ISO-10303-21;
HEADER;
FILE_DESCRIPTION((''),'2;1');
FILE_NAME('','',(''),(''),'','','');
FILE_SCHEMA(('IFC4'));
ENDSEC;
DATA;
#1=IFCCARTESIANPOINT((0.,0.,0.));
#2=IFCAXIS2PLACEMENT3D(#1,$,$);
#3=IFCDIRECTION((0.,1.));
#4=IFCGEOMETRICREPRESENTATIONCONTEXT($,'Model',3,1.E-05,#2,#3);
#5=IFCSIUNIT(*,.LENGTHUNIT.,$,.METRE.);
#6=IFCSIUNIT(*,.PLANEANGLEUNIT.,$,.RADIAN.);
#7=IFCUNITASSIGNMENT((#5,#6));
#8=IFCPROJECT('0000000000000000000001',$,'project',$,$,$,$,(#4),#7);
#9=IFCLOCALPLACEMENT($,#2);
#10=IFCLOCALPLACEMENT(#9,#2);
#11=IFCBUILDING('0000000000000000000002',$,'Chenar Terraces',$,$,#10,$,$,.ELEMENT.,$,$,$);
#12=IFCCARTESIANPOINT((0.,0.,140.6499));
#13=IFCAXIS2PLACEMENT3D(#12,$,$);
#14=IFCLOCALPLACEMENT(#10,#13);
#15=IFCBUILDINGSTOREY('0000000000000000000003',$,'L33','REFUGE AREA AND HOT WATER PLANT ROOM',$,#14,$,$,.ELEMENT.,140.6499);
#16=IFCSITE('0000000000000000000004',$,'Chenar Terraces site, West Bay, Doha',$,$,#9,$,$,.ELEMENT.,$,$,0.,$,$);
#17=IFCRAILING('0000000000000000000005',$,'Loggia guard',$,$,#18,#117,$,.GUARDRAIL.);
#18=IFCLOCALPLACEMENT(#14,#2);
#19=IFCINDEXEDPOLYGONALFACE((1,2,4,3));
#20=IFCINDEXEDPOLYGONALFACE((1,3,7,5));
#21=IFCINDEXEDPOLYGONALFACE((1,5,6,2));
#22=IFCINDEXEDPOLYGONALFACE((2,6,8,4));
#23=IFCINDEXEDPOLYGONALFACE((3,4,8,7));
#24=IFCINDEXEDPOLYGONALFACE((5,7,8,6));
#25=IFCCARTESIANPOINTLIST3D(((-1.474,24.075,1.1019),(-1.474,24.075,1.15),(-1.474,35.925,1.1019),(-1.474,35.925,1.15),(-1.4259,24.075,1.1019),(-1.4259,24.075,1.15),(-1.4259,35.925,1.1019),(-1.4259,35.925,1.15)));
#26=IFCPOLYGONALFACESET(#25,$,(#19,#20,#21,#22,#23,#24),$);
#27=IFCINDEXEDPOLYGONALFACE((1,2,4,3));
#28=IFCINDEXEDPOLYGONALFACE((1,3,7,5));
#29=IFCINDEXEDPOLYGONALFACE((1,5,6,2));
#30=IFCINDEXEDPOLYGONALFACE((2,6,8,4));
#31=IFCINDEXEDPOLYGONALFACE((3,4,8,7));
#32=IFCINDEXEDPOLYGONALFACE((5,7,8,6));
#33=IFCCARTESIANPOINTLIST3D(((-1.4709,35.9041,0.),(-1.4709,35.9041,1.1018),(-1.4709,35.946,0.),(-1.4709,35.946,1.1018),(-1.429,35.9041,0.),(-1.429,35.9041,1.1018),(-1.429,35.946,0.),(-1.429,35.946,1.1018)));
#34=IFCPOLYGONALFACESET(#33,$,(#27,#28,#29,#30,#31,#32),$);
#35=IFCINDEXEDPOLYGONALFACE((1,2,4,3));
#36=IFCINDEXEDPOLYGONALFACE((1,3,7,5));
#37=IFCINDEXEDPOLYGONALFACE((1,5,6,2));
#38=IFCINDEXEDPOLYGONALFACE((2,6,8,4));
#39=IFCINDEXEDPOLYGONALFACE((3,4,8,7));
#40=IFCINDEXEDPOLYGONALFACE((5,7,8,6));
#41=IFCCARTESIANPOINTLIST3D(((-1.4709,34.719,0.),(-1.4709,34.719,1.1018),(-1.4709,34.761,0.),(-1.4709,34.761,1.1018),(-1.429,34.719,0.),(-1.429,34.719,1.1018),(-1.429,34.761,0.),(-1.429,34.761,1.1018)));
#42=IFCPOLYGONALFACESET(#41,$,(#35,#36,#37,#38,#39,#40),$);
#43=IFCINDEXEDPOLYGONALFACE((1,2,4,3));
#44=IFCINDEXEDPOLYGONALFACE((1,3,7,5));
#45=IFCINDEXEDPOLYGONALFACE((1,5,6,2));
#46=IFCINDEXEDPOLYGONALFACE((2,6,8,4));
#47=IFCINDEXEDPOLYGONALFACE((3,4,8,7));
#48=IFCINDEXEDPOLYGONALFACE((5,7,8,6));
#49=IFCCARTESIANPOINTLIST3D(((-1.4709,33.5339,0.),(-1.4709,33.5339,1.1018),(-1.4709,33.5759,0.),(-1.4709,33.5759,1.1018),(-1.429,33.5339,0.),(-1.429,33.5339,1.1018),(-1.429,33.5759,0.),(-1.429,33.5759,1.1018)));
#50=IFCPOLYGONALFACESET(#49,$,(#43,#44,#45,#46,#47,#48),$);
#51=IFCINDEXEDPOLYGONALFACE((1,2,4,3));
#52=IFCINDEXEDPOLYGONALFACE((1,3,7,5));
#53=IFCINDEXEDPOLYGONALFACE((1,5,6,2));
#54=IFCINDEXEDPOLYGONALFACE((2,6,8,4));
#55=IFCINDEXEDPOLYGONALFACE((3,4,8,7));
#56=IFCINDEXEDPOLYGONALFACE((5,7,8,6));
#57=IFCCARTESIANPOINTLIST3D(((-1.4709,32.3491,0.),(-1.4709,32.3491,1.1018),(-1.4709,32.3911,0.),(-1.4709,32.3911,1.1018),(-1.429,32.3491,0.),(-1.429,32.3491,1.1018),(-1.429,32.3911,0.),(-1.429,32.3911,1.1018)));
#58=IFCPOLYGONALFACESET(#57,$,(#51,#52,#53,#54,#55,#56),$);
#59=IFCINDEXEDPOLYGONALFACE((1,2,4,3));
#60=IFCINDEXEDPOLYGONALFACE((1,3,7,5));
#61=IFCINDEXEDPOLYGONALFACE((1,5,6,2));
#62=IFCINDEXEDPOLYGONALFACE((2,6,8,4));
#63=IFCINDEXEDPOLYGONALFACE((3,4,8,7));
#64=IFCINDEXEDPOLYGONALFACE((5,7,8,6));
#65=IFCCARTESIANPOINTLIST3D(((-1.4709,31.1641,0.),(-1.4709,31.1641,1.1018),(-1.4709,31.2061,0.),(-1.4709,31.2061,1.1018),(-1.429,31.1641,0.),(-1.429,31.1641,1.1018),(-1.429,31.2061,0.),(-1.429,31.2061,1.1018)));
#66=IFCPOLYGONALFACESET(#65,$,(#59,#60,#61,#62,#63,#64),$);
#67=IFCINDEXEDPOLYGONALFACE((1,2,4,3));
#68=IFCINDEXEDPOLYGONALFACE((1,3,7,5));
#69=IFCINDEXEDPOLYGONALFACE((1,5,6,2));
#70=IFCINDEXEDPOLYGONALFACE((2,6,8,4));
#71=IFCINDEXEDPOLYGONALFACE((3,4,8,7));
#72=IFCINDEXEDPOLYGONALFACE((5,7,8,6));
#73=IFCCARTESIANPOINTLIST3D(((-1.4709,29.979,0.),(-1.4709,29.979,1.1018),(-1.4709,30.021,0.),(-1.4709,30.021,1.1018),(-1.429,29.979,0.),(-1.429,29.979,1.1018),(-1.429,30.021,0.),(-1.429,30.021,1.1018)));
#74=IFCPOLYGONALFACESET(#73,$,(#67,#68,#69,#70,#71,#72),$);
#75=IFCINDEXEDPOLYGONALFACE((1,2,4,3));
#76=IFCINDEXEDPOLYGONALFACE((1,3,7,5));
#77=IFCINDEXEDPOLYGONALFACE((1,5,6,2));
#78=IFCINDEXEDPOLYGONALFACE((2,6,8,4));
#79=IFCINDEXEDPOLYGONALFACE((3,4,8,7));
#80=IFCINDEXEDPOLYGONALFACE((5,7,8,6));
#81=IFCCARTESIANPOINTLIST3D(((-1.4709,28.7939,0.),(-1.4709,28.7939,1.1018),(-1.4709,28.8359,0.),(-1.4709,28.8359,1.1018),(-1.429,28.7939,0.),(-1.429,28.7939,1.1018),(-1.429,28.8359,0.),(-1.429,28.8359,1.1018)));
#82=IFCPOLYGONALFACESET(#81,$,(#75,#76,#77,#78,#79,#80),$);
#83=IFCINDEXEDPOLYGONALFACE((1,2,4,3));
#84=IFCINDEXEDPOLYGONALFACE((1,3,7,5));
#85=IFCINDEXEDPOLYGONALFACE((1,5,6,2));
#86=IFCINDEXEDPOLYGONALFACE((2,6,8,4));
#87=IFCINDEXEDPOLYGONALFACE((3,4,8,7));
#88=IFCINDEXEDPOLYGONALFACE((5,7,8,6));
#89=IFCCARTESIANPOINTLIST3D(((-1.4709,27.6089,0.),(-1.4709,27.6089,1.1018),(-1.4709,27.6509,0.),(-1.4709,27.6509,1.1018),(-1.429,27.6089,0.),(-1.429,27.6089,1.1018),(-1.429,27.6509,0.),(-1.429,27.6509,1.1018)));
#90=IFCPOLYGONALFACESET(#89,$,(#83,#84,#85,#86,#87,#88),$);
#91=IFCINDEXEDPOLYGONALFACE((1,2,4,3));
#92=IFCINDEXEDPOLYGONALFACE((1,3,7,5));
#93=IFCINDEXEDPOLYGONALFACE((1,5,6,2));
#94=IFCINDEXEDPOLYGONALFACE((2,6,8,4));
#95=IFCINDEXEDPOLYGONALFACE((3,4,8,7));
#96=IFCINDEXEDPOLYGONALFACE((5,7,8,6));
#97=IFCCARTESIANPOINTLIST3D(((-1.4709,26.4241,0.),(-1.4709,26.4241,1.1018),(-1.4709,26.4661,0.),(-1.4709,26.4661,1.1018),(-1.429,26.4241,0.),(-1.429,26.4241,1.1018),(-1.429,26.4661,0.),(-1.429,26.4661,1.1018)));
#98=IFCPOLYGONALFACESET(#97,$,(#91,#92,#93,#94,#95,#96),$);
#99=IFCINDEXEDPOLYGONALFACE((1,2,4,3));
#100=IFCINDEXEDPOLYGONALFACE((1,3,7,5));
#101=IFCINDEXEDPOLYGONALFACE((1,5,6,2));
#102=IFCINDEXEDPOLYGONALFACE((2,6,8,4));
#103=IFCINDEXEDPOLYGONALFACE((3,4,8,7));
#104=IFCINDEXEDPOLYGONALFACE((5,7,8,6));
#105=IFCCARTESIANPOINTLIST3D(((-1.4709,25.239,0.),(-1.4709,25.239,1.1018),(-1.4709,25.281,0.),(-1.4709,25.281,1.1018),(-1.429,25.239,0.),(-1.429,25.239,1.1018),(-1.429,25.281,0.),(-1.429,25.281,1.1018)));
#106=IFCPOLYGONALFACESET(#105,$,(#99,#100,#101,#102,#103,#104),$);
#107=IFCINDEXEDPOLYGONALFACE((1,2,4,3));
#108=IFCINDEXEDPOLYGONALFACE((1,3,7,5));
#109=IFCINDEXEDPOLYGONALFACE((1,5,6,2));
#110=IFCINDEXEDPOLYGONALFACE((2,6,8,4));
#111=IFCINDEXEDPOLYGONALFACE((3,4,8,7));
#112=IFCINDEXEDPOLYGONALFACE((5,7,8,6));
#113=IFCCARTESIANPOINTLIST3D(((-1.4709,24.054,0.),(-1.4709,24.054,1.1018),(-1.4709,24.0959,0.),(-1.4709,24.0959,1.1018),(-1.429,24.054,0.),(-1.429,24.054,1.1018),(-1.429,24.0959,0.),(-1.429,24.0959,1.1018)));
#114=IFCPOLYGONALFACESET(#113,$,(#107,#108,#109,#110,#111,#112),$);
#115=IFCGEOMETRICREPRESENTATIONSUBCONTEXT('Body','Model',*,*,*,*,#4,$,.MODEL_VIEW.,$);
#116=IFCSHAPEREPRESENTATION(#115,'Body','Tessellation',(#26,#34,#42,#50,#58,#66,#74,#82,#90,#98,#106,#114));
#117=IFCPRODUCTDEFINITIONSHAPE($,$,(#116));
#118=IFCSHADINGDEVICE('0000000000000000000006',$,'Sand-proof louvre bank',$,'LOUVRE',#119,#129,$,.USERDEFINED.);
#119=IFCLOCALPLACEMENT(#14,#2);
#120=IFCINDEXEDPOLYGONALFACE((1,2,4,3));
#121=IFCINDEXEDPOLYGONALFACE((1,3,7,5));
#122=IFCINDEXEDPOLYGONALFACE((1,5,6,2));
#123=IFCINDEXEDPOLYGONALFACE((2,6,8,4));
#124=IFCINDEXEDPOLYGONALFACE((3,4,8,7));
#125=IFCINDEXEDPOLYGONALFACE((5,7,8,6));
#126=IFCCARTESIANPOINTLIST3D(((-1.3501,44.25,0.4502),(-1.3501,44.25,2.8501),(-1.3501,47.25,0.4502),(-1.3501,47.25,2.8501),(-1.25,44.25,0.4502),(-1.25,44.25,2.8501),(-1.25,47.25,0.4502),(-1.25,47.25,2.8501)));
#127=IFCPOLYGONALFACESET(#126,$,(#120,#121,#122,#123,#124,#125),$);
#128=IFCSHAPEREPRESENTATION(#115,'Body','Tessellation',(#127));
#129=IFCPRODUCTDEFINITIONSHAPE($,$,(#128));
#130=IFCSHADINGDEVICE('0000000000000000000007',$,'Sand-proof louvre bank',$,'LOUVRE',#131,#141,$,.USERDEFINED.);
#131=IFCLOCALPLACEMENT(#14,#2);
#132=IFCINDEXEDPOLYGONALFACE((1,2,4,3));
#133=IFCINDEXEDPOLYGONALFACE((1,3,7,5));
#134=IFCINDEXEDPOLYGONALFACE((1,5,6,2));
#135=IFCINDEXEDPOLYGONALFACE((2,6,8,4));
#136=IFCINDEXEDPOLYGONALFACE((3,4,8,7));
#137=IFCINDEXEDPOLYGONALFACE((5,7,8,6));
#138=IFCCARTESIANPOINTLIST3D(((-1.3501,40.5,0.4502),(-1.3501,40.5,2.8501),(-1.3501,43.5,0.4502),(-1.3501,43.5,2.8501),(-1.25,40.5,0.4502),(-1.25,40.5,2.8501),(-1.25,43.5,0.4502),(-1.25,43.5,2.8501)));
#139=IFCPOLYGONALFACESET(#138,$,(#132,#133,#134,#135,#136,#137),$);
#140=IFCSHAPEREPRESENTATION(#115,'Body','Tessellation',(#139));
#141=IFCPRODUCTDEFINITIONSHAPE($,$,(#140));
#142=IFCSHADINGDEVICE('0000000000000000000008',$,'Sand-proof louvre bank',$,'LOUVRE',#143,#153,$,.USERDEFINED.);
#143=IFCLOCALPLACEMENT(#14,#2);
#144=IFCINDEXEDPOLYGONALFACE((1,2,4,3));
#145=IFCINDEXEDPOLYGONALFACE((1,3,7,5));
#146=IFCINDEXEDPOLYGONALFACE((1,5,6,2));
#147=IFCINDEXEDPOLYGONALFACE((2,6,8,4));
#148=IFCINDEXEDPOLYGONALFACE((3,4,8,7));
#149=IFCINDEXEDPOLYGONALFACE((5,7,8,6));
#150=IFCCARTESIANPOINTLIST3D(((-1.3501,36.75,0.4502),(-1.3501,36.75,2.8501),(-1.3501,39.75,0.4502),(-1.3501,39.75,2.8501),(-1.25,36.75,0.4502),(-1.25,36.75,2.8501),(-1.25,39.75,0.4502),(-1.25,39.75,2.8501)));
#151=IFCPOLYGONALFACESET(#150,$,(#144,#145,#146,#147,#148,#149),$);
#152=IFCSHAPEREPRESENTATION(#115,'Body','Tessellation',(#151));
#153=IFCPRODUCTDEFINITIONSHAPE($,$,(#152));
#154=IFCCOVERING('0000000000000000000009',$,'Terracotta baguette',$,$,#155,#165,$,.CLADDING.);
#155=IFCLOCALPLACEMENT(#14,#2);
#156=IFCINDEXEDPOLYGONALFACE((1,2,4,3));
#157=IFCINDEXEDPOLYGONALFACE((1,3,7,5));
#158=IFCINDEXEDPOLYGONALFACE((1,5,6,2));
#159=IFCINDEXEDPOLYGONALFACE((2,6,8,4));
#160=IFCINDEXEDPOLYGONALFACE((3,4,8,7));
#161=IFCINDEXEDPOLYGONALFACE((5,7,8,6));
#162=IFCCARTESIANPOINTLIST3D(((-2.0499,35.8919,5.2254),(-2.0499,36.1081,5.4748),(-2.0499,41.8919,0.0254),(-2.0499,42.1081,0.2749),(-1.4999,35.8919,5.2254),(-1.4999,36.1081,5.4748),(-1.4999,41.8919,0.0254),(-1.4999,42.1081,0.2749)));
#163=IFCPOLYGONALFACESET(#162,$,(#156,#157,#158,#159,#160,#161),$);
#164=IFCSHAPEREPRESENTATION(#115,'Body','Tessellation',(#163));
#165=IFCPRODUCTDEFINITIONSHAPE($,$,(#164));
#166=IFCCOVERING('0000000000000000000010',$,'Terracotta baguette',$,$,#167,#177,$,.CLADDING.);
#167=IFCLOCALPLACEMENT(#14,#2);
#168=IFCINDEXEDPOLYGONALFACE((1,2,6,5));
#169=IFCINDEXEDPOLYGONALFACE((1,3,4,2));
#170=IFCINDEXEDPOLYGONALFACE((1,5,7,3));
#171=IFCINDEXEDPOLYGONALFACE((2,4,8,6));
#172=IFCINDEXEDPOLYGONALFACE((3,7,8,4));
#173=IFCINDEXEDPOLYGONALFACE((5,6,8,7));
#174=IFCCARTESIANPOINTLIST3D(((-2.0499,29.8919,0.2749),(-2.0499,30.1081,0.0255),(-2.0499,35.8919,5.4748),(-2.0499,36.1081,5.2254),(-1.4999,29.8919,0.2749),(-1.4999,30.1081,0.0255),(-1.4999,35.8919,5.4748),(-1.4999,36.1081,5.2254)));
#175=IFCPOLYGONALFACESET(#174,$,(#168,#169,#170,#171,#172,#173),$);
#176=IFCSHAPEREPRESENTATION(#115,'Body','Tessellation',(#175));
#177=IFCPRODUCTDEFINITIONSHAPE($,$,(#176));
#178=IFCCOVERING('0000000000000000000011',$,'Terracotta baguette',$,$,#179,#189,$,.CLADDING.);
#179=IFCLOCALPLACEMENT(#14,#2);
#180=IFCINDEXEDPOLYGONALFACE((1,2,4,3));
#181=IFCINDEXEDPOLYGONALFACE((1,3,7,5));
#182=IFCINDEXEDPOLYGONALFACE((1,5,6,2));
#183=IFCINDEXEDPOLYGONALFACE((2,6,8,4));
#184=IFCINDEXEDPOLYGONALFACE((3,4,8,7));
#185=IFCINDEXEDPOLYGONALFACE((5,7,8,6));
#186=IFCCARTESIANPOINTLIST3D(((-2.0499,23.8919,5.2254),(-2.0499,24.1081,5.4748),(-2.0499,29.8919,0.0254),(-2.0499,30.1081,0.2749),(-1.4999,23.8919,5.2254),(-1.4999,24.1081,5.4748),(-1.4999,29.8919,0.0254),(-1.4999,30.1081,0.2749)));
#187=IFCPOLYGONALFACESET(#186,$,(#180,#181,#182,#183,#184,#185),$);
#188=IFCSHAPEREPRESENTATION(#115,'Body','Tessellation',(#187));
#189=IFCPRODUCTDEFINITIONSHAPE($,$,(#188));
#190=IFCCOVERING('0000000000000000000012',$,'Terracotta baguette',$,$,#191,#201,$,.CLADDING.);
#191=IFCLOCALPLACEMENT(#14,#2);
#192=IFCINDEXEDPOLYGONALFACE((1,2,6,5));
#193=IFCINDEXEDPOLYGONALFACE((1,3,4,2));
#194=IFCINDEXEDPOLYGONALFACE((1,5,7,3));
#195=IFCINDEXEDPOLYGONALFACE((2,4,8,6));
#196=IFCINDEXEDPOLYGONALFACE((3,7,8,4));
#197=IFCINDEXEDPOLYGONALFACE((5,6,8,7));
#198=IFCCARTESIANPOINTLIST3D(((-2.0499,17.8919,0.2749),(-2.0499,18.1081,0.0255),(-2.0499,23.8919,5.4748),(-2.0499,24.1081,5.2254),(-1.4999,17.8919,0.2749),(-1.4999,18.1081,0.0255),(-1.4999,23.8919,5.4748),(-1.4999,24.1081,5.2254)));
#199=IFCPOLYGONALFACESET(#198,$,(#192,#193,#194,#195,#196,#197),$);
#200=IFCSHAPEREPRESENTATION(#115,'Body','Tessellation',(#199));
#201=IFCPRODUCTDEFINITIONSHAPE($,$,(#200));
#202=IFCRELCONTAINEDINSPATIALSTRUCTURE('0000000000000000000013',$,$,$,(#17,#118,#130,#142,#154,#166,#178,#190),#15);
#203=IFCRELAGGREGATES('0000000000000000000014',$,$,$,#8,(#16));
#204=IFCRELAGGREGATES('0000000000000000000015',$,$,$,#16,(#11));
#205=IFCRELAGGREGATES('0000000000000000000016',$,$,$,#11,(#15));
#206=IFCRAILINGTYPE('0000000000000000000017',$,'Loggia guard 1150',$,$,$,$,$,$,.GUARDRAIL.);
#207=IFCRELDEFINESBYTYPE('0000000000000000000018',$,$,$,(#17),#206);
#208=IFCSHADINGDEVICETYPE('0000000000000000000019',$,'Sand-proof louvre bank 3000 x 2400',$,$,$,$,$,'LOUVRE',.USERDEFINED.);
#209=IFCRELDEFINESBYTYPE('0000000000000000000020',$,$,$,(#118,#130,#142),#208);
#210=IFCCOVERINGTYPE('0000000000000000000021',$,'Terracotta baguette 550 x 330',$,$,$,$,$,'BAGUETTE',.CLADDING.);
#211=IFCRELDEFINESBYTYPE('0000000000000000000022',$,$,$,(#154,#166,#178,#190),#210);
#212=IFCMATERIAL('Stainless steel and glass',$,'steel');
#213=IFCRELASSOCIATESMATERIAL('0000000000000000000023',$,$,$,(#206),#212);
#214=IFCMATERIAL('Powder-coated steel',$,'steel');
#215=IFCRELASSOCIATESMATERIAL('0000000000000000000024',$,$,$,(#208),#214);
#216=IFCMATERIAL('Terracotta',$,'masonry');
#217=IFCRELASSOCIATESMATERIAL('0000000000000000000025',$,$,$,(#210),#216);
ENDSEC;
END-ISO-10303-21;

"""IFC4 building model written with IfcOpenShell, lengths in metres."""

from ifc_helpers import new_model, si_unit, direction, frame, origin, origin_2d, place, context, subcontext, project, spatial, rectangle, extrude, material, material_profile, profile_set, type_object, element, save


model = new_model("IFC4")

# Units and contexts
model_context = context("Model", 3, precision=1e-05, world=origin(), true_north=direction((0.0, 1.0)))
body_context = subcontext(model_context, "Body", "Model", "MODEL_VIEW")
ifc_project = project(units=[si_unit("LENGTHUNIT", "METRE"), si_unit("PLANEANGLEUNIT", "RADIAN")], contexts=[model_context])

# Site, building, storey
site_placement = place(None, origin())
site = spatial("IfcSite", under=ifc_project, at=site_placement, Name="Chenar Terraces site, West Bay, Doha", CompositionType="ELEMENT", RefElevation=0.0)
building_placement = place(site_placement, origin())
building = spatial("IfcBuilding", under=site, at=building_placement, Name="Chenar Terraces", CompositionType="ELEMENT")
storey_placement = place(building_placement, frame((0.0, 0.0, 140.6499)))
storey = spatial("IfcBuildingStorey", under=building, at=storey_placement, Name="L33", Description="REFUGE AREA AND HOT WATER PLANT ROOM", CompositionType="ELEMENT", Elevation=140.6499)

# Railing
ifc_material_1 = material(Name="Stainless steel and glass", Category="steel")
railing_type = type_object("IfcRailingType", Name="Loggia guard 1150", PredefinedType="GUARDRAIL", material=ifc_material_1)
railing_placement = place(storey_placement, frame((-1.45, 35.925, 0.0)))
element("IfcRailing", 1, at=railing_placement, inside=storey, type_object=railing_type, Name="Loggia guard", PredefinedType="GUARDRAIL", context=body_context, shape_type="SweptSolid", body=[
    extrude(rectangle(XDim=0.0481, YDim=0.0481, at=origin_2d()), frame((0.0, 0.0, 1.126), z_axis=(0.0, -1.0, 0.0), x_axis=(1.0, 0.0, 0.0)), (0.0, 0.0, 1.0), 11.8501),
    extrude(rectangle(XDim=0.042, YDim=0.042, at=origin_2d()), origin(), (0.0, 0.0, 1.0), 1.1018),
    extrude(rectangle(XDim=0.042, YDim=0.042, at=origin_2d()), frame((0.0, -1.1851, 0.0)), (0.0, 0.0, 1.0), 1.1018),
    extrude(rectangle(XDim=0.042, YDim=0.042, at=origin_2d()), frame((0.0, -2.3701, 0.0)), (0.0, 0.0, 1.0), 1.1018),
    extrude(rectangle(XDim=0.042, YDim=0.042, at=origin_2d()), frame((0.0, -3.5549, 0.0)), (0.0, 0.0, 1.0), 1.1018),
    extrude(rectangle(XDim=0.042, YDim=0.042, at=origin_2d()), frame((0.0, -4.74, 0.0)), (0.0, 0.0, 1.0), 1.1018),
    extrude(rectangle(XDim=0.042, YDim=0.042, at=origin_2d()), frame((0.0, -5.925, 0.0)), (0.0, 0.0, 1.0), 1.1018),
    extrude(rectangle(XDim=0.042, YDim=0.042, at=origin_2d()), frame((0.0, -7.1101, 0.0)), (0.0, 0.0, 1.0), 1.1018),
    extrude(rectangle(XDim=0.042, YDim=0.042, at=origin_2d()), frame((0.0, -8.2952, 0.0)), (0.0, 0.0, 1.0), 1.1018),
    extrude(rectangle(XDim=0.042, YDim=0.042, at=origin_2d()), frame((0.0, -9.48, 0.0)), (0.0, 0.0, 1.0), 1.1018),
    extrude(rectangle(XDim=0.042, YDim=0.042, at=origin_2d()), frame((0.0, -10.665, 0.0)), (0.0, 0.0, 1.0), 1.1018),
    extrude(rectangle(XDim=0.042, YDim=0.042, at=origin_2d()), frame((0.0, -11.8501, 0.0)), (0.0, 0.0, 1.0), 1.1018),
])

# Shading devices
ifc_material_2 = material(Name="Powder-coated steel", Category="steel")
shading_device_type = type_object("IfcShadingDeviceType", Name="Sand-proof louvre bank 3000 x 2400", ElementType="LOUVRE", PredefinedType="USERDEFINED", material=ifc_material_2)
for number, where, z_axis, x_axis, name in (
    (2, (-1.3, 45.75, 0.4502), (0.0, 0.0, 1.0), (0.0, -1.0, 0.0), "Sand-proof louvre bank"),
    (3, (-1.3, 42.0, 0.4502), (0.0, 0.0, 1.0), (0.0, -1.0, 0.0), "Sand-proof louvre bank"),
    (4, (-1.3, 38.25, 0.4502), (0.0, 0.0, 1.0), (0.0, -1.0, 0.0), "Sand-proof louvre bank"),
):
    element("IfcShadingDevice", number, at=place(storey_placement, frame(where, z_axis=z_axis, x_axis=x_axis)), inside=storey, type_object=shading_device_type, Name=name, ObjectType="LOUVRE", PredefinedType="USERDEFINED", context=body_context, shape_type="SweptSolid", body=[
        extrude(rectangle(XDim=3.0, YDim=0.1001, at=origin_2d()), origin(), (0.0, 0.0, 1.0), 2.3999),
    ])

# Coverings
ifc_material_3 = material(Name="Terracotta", Category="masonry")
ifc_material_profile_1 = material_profile(ifc_material_3, rectangle(XDim=0.55, YDim=0.3301, at=origin_2d()), Name="Terracotta baguette 550 x 330")
ifc_profile_set_1 = profile_set([ifc_material_profile_1], Name="Terracotta")
covering_type = type_object("IfcCoveringType", Name="Terracotta baguette 550 x 330", ElementType="BAGUETTE", PredefinedType="CLADDING", material=ifc_profile_set_1)
for number, where, z_axis, x_axis, name in (
    (5, (-1.7749, 42.0, 0.1501), (0.0, -0.755692, 0.654927), (1.0, 0.0, 0.0), "Terracotta baguette"),
    (6, (-1.7749, 36.0, 5.3501), (0.0, -0.755692, -0.654927), (1.0, 0.0, 0.0), "Terracotta baguette"),
    (7, (-1.7749, 30.0, 0.1501), (0.0, -0.755692, 0.654927), (1.0, 0.0, 0.0), "Terracotta baguette"),
    (8, (-1.7749, 24.0, 5.3501), (0.0, -0.755692, -0.654927), (1.0, 0.0, 0.0), "Terracotta baguette"),
):
    element("IfcCovering", number, at=place(storey_placement, frame(where, z_axis=z_axis, x_axis=x_axis)), inside=storey, type_object=covering_type, Name=name, PredefinedType="CLADDING", context=body_context, shape_type="SweptSolid", body=[
        extrude(rectangle(XDim=0.55, YDim=0.3301, at=origin_2d()), origin(), (0.0, 0.0, 1.0), 7.9397),
    ])

save(model, "model.ifc")
